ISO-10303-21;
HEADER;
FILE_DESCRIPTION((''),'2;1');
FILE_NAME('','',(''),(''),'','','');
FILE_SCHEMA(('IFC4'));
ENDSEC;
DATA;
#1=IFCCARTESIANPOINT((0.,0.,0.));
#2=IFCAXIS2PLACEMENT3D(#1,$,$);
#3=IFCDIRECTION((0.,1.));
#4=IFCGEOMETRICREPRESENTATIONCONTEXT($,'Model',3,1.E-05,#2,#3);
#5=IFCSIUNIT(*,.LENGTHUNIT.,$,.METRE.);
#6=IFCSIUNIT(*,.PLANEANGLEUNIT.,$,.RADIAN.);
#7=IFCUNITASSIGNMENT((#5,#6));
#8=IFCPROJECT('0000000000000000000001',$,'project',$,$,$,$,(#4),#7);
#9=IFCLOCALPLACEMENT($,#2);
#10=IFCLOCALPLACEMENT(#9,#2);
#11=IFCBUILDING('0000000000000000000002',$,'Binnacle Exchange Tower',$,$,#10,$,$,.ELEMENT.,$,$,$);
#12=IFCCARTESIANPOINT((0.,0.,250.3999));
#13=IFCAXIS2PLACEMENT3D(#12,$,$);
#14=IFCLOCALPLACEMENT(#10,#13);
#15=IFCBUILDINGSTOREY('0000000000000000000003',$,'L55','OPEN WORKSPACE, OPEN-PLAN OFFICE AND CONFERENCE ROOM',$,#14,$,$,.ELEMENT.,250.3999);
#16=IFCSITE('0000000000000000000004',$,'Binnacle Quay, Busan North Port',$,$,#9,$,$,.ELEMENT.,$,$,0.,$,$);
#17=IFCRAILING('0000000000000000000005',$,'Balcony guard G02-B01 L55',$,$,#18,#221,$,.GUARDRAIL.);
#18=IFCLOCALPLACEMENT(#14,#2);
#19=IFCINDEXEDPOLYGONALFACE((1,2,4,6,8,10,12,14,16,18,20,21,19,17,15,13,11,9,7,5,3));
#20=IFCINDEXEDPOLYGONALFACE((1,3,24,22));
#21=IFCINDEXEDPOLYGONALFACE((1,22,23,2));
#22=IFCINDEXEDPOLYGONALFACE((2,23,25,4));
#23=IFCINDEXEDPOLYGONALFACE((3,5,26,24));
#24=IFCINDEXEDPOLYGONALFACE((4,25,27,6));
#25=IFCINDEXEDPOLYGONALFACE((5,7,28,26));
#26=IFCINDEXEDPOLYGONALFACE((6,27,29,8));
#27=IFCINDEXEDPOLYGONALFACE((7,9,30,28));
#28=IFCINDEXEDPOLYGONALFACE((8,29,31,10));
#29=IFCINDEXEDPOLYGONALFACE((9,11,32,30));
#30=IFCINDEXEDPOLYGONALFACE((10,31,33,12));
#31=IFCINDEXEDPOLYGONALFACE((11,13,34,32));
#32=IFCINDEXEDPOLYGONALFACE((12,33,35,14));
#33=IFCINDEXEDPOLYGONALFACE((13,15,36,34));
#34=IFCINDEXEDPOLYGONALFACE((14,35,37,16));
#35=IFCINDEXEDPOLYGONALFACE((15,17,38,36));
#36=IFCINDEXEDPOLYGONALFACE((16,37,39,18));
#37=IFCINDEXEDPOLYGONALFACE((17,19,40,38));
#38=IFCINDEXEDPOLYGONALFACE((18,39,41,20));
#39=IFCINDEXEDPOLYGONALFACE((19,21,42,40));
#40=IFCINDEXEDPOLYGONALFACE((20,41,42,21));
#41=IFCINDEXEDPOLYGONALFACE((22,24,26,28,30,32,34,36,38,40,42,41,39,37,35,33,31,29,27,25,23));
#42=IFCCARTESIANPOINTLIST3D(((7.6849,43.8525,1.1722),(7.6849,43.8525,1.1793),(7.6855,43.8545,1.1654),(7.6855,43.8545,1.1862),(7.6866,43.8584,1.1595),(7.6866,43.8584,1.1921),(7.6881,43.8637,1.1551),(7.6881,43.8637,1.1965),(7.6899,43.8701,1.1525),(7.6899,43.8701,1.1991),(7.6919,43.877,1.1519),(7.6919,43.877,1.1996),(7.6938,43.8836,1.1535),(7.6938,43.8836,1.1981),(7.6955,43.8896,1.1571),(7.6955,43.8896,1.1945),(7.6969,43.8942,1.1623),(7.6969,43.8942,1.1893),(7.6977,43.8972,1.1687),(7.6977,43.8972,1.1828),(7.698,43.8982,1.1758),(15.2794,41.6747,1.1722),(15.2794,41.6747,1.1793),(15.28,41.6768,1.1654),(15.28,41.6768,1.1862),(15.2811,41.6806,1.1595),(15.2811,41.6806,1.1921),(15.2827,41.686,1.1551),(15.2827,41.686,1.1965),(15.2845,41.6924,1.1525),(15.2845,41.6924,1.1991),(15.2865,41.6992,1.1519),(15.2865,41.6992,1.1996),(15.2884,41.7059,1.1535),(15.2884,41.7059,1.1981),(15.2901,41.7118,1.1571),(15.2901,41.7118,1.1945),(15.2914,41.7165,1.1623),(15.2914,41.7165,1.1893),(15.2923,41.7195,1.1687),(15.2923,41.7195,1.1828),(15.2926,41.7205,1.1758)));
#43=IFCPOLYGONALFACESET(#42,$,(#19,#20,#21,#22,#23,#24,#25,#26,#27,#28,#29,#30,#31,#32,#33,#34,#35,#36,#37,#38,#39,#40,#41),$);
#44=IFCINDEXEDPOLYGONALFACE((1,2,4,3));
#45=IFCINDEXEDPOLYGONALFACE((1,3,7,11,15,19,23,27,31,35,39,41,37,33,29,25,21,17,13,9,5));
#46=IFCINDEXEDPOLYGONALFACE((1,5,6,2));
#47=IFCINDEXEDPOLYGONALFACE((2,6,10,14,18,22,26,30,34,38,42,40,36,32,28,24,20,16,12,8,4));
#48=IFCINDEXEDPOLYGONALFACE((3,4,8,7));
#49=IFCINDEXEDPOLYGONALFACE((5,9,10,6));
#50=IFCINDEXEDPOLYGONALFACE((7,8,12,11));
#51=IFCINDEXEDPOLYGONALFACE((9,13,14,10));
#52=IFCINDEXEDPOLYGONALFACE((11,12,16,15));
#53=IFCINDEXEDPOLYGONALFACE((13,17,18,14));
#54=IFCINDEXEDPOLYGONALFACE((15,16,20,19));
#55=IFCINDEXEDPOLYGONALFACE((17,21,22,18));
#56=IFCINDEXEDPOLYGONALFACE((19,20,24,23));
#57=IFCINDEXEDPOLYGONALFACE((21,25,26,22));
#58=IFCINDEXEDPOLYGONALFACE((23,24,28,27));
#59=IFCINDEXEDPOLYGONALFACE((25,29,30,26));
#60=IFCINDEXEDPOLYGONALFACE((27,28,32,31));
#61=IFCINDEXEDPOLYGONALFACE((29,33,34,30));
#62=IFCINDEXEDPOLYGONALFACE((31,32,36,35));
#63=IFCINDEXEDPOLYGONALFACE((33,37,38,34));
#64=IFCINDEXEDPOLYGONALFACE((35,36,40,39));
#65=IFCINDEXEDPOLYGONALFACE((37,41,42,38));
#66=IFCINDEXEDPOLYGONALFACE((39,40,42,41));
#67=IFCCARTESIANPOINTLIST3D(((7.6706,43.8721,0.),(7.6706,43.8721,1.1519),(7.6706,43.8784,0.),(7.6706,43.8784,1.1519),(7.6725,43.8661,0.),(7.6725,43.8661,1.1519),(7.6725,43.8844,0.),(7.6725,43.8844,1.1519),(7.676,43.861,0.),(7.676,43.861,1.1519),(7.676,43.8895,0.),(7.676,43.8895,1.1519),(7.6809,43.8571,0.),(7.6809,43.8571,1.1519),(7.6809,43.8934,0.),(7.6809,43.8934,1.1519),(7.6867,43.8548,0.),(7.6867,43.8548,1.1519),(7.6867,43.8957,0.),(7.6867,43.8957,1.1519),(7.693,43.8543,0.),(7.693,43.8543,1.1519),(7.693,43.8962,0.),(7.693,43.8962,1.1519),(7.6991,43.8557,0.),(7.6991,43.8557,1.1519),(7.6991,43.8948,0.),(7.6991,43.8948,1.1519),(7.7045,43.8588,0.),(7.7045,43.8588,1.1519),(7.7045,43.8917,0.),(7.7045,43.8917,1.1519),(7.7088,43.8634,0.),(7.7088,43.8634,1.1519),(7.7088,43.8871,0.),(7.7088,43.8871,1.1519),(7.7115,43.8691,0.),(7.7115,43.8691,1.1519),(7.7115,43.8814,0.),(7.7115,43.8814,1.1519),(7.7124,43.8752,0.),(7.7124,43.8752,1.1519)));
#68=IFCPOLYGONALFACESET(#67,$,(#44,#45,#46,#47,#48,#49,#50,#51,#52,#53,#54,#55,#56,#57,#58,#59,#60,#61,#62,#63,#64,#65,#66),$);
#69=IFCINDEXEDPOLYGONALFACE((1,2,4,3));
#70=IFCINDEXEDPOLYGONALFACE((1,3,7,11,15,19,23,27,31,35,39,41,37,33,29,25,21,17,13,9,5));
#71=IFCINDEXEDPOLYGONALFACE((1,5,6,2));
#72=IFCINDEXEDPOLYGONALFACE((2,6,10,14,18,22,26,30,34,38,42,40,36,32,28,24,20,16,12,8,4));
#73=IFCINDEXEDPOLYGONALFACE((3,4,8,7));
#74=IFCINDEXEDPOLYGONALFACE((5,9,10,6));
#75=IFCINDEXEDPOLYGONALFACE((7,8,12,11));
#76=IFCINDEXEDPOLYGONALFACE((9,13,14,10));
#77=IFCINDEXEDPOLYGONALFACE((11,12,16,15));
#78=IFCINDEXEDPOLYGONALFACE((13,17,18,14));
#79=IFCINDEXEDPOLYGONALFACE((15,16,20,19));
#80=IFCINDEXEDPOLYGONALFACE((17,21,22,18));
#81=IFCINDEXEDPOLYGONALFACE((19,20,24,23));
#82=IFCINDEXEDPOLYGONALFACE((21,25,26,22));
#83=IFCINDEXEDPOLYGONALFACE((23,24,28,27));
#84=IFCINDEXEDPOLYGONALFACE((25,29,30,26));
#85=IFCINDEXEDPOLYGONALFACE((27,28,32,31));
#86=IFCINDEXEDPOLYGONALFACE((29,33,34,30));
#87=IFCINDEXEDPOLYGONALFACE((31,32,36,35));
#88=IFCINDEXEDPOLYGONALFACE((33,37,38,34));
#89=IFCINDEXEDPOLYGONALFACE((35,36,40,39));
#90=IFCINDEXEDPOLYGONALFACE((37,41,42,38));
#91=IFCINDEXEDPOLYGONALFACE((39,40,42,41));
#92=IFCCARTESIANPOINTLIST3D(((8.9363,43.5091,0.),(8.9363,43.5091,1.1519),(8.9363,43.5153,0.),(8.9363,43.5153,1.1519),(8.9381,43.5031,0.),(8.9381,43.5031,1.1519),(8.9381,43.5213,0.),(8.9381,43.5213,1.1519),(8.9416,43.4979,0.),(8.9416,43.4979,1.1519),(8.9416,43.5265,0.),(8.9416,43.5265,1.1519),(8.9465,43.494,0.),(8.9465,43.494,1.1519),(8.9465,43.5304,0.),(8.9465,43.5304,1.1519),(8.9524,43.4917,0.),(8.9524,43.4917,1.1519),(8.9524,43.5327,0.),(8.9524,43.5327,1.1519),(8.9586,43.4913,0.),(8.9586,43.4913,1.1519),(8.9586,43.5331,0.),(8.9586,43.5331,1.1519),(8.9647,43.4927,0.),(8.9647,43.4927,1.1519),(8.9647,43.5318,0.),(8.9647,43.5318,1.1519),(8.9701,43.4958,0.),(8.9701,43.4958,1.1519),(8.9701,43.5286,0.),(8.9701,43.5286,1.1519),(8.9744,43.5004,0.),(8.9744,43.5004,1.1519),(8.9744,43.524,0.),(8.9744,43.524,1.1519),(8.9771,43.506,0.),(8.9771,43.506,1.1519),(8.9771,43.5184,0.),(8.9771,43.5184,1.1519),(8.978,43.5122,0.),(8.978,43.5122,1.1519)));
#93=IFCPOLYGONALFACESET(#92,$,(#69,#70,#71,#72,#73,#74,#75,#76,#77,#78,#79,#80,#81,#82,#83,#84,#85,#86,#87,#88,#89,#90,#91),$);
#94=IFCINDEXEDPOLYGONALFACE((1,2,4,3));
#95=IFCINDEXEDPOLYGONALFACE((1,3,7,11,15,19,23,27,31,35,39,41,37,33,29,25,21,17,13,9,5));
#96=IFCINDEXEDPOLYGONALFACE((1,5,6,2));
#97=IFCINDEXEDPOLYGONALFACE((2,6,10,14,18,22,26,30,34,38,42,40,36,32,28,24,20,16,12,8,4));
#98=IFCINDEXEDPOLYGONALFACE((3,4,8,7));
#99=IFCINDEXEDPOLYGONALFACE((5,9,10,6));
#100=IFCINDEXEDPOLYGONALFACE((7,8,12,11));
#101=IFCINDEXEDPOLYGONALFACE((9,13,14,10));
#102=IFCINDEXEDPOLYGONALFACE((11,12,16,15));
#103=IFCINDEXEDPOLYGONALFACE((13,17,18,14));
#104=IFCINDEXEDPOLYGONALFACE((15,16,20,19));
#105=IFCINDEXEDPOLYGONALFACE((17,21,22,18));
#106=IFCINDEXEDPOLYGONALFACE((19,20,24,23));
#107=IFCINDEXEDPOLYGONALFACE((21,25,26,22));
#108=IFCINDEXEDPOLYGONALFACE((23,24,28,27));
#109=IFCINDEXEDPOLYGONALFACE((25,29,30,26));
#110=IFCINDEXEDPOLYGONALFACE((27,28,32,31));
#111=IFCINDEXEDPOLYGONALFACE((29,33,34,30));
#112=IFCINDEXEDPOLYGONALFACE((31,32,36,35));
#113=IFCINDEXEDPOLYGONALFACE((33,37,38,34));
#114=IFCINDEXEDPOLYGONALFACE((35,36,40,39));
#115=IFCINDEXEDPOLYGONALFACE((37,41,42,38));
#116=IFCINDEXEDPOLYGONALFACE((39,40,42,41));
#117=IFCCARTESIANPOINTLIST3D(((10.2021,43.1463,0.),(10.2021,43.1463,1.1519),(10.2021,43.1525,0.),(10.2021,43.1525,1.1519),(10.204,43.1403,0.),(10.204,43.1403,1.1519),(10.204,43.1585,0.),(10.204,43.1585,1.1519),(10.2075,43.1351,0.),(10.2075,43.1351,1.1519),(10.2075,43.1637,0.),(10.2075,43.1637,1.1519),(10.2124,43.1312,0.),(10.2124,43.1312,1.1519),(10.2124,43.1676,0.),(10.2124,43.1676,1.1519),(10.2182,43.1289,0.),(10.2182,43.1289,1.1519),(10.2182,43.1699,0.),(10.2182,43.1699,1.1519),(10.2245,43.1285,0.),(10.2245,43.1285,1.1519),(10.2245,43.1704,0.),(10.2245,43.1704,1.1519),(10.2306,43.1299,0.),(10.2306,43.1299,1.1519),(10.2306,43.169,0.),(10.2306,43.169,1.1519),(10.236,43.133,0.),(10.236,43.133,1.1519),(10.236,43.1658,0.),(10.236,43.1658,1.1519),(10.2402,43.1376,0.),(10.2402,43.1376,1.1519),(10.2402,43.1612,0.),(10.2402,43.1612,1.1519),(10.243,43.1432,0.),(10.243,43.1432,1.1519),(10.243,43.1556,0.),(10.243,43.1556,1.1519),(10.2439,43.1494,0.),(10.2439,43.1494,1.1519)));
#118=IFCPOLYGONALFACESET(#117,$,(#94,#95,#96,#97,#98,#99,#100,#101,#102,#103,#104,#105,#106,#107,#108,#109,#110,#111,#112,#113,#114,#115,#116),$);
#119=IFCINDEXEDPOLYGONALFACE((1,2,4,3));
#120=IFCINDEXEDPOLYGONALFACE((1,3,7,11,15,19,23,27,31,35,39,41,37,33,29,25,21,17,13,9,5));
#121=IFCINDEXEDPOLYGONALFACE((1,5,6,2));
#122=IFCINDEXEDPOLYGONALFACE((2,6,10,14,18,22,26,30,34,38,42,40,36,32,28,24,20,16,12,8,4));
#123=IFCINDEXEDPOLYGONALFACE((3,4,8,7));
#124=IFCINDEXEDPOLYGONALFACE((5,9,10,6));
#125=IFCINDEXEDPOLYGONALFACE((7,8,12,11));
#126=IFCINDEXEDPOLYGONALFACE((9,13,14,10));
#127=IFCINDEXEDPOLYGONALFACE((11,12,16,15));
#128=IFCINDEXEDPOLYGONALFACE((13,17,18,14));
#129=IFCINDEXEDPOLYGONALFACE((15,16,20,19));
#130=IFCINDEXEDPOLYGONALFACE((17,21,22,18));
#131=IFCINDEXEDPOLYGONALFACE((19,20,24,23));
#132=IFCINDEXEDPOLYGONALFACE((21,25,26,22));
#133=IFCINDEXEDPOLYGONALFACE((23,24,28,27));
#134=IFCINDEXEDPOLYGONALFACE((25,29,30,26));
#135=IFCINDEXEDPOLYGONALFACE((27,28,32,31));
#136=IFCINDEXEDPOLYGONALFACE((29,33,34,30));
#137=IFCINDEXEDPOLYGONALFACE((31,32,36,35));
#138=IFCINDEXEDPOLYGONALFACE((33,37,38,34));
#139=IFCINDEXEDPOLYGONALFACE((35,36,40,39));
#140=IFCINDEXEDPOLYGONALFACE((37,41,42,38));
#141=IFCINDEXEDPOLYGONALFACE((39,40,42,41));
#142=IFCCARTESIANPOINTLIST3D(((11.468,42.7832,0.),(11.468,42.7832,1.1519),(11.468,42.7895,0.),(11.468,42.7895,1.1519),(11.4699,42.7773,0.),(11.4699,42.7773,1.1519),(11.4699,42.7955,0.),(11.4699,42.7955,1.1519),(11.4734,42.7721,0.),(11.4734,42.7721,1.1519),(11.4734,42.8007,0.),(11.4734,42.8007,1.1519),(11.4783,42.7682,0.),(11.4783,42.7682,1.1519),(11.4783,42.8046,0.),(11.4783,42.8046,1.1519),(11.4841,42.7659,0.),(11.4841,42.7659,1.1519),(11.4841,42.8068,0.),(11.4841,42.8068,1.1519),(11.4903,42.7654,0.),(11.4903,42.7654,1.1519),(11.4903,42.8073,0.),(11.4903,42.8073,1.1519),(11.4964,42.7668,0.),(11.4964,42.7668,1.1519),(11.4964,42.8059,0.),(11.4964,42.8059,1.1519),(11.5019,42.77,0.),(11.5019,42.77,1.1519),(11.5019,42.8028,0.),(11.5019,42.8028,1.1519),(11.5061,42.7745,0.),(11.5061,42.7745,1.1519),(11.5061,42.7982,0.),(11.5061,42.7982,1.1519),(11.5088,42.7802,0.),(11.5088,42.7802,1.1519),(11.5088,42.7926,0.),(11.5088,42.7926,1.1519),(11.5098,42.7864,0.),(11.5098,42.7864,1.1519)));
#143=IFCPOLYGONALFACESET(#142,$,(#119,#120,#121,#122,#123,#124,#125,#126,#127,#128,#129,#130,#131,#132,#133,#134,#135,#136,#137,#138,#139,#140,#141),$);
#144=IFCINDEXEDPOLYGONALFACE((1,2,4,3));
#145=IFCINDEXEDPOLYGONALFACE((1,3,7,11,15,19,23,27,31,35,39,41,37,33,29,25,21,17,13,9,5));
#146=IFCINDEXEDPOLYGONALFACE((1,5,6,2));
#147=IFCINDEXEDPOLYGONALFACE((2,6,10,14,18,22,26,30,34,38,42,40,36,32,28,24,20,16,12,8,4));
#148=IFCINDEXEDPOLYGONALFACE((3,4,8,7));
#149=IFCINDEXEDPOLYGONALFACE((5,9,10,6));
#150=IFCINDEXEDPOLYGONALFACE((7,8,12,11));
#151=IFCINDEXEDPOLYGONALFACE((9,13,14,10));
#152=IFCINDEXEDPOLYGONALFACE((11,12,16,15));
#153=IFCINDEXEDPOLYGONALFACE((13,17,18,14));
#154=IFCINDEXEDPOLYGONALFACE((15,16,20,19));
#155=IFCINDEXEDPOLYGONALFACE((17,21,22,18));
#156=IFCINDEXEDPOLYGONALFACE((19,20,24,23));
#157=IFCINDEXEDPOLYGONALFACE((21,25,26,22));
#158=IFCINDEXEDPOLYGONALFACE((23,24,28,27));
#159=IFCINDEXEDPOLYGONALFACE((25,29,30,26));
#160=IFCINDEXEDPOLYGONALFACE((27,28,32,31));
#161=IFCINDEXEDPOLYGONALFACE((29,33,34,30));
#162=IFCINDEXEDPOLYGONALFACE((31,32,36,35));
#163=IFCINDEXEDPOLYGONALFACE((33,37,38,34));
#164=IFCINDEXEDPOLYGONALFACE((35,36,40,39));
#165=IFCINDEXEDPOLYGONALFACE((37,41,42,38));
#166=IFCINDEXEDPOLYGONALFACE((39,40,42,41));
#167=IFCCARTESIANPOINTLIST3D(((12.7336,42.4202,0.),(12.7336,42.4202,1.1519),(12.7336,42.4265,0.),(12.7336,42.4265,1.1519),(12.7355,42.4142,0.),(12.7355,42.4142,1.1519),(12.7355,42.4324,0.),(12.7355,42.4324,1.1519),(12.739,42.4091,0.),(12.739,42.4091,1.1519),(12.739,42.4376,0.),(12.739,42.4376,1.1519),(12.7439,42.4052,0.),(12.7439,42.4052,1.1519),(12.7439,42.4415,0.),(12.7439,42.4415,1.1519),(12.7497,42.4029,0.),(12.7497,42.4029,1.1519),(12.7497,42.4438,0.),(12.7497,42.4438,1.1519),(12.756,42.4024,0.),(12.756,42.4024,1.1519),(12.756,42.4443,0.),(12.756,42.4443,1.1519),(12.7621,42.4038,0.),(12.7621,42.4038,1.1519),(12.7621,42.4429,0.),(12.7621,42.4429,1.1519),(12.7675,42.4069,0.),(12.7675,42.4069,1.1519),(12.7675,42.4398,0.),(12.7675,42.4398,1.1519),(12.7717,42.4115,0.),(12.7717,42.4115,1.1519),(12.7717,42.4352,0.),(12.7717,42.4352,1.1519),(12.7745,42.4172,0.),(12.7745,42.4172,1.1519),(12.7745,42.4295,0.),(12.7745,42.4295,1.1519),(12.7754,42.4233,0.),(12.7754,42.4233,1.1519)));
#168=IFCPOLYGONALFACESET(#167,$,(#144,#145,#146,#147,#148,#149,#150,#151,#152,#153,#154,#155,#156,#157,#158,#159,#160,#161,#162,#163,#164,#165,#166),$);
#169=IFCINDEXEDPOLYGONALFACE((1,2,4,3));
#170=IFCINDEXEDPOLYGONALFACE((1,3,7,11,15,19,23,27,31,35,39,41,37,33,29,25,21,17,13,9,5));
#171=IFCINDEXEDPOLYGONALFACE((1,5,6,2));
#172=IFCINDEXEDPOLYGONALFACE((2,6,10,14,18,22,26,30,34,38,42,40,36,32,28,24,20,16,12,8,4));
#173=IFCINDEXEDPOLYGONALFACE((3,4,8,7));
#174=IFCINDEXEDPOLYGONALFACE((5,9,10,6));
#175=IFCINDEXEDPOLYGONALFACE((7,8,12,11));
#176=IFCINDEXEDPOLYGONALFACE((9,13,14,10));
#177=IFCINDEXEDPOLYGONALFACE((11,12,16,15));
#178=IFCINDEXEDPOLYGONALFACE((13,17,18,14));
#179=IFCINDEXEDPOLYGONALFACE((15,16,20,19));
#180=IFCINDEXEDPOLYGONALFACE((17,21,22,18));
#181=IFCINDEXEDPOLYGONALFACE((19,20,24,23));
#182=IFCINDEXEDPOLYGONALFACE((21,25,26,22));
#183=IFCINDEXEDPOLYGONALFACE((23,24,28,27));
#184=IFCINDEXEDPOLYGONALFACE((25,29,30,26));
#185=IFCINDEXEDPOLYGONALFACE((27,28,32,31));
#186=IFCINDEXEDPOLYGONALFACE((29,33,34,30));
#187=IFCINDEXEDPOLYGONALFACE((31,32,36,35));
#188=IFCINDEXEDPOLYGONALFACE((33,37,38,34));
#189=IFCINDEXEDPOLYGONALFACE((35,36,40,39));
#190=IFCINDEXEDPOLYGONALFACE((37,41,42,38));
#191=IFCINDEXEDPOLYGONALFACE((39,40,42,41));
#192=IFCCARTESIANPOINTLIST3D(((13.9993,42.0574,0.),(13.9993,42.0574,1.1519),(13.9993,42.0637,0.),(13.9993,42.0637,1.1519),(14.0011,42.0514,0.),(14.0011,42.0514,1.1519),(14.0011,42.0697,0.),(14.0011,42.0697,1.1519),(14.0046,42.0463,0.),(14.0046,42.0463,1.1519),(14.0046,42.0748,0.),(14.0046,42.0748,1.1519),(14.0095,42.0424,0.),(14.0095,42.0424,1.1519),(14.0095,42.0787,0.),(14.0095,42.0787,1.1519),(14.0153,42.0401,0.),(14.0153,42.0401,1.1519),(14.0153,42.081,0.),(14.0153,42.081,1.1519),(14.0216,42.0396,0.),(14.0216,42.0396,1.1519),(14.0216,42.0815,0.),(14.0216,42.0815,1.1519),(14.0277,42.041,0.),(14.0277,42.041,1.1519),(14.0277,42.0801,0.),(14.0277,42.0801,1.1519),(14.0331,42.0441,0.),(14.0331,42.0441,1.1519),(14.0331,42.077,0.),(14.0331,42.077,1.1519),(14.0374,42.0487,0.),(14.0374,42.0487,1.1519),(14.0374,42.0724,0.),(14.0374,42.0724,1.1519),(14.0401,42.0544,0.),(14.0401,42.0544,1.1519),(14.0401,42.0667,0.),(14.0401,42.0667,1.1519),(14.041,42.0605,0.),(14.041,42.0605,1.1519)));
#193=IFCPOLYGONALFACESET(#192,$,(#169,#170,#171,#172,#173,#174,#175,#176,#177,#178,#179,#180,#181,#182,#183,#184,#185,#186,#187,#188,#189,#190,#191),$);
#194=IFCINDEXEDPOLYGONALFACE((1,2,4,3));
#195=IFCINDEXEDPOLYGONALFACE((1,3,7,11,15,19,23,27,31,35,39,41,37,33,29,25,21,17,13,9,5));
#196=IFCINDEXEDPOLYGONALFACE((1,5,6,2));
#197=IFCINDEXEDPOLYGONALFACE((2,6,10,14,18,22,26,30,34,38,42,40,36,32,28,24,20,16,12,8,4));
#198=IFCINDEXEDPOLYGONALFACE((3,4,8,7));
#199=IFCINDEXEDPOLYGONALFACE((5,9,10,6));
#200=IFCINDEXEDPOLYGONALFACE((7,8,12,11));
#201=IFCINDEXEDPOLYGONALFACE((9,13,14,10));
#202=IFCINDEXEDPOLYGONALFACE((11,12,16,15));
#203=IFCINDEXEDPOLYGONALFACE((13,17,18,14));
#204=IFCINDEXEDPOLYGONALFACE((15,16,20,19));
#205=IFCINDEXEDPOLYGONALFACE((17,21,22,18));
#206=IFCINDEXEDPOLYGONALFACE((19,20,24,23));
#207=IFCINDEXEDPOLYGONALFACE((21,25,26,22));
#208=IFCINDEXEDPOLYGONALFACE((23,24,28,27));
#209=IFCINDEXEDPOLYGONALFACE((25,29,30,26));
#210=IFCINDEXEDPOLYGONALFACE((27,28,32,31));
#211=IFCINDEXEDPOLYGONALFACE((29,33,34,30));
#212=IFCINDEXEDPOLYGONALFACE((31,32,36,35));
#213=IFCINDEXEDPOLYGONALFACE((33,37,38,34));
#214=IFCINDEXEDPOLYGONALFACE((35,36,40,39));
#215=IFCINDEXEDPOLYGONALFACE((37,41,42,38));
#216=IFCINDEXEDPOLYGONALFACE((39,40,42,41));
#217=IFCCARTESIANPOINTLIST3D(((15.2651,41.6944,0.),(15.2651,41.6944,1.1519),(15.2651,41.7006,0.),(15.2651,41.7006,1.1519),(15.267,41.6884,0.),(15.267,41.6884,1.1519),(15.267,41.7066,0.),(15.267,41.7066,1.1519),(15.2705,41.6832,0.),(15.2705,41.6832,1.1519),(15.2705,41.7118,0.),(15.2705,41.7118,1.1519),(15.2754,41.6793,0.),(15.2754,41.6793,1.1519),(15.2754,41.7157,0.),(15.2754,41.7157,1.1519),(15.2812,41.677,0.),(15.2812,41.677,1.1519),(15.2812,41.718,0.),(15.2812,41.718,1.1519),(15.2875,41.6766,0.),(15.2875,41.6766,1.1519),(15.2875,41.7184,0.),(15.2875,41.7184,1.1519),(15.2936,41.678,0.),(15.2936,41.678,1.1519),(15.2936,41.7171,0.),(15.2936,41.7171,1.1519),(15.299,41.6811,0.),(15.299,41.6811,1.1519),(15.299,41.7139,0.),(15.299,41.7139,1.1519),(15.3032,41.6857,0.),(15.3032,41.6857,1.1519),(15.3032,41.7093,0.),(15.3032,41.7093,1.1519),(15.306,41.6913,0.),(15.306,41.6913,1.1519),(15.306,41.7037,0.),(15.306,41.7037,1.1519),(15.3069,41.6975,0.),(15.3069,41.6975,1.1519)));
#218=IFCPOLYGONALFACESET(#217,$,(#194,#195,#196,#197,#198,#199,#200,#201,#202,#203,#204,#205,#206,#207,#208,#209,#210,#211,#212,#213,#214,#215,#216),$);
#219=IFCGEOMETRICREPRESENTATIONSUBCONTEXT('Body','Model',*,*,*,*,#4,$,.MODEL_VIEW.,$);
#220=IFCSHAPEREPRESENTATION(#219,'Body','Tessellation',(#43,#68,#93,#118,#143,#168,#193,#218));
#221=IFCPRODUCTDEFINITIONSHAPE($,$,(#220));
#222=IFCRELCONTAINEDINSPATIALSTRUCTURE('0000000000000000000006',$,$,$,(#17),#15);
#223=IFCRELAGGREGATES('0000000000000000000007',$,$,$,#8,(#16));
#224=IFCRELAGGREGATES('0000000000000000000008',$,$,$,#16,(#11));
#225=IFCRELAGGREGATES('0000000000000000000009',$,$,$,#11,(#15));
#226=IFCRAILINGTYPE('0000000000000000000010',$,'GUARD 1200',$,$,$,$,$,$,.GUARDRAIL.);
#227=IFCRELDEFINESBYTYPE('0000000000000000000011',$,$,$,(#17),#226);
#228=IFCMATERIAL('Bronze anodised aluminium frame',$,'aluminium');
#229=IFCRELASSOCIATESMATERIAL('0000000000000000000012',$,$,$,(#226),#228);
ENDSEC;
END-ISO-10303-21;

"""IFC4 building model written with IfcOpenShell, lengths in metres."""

from ifc_helpers import new_model, si_unit, direction, frame, origin, origin_2d, place, context, subcontext, project, spatial, circle, extrude, material, type_object, element, save


model = new_model("IFC4")

# Units and contexts
model_context = context("Model", 3, precision=1e-05, world=origin(), true_north=direction((0.0, 1.0)))
body_context = subcontext(model_context, "Body", "Model", "MODEL_VIEW")
ifc_project = project(units=[si_unit("LENGTHUNIT", "METRE"), si_unit("PLANEANGLEUNIT", "RADIAN")], contexts=[model_context])

# Site, building, storey
site_placement = place(None, origin())
site = spatial("IfcSite", under=ifc_project, at=site_placement, Name="Binnacle Quay, Busan North Port", CompositionType="ELEMENT", RefElevation=0.0)
building_placement = place(site_placement, origin())
building = spatial("IfcBuilding", under=site, at=building_placement, Name="Binnacle Exchange Tower", CompositionType="ELEMENT")
storey_placement = place(building_placement, frame((0.0, 0.0, 250.3999)))
storey = spatial("IfcBuildingStorey", under=building, at=storey_placement, Name="L55", Description="OPEN WORKSPACE, OPEN-PLAN OFFICE AND CONFERENCE ROOM", CompositionType="ELEMENT", Elevation=250.3999)

# Railing
ifc_material_1 = material(Name="Bronze anodised aluminium frame", Category="aluminium")
railing_type = type_object("IfcRailingType", Name="GUARD 1200", PredefinedType="GUARDRAIL", material=ifc_material_1)
railing_1_placement = place(storey_placement, frame((7.6914, 43.8752, 0.0)))
element("IfcRailing", 1, at=railing_1_placement, inside=storey, type_object=railing_type, Name="Balcony guard G02-B01 L55", PredefinedType="GUARDRAIL", context=body_context, shape_type="SweptSolid", body=[
    extrude(circle(Radius=0.0239, at=origin_2d()), frame((0.0, 0.0, 1.1758), z_axis=(0.96126, -0.275643, 0.0), x_axis=(0.275643, 0.96126, 0.0)), (0.0, 0.0, 1.0), 7.9006),
    extrude(circle(Radius=0.021, at=origin_2d()), origin(), (0.0, 0.0, 1.0), 1.1519),
    extrude(circle(Radius=0.021, at=origin_2d()), frame((1.2656, -0.363, 0.0)), (0.0, 0.0, 1.0), 1.1519),
    extrude(circle(Radius=0.021, at=origin_2d()), frame((2.5315, -0.7258, 0.0)), (0.0, 0.0, 1.0), 1.1519),
    extrude(circle(Radius=0.021, at=origin_2d()), frame((3.7974, -1.0889, 0.0)), (0.0, 0.0, 1.0), 1.1519),
    extrude(circle(Radius=0.021, at=origin_2d()), frame((5.063, -1.4519, 0.0)), (0.0, 0.0, 1.0), 1.1519),
    extrude(circle(Radius=0.021, at=origin_2d()), frame((6.3286, -1.8147, 0.0)), (0.0, 0.0, 1.0), 1.1519),
    extrude(circle(Radius=0.021, at=origin_2d()), frame((7.5945, -2.1777, 0.0)), (0.0, 0.0, 1.0), 1.1519),
])

save(model, "model.ifc")
